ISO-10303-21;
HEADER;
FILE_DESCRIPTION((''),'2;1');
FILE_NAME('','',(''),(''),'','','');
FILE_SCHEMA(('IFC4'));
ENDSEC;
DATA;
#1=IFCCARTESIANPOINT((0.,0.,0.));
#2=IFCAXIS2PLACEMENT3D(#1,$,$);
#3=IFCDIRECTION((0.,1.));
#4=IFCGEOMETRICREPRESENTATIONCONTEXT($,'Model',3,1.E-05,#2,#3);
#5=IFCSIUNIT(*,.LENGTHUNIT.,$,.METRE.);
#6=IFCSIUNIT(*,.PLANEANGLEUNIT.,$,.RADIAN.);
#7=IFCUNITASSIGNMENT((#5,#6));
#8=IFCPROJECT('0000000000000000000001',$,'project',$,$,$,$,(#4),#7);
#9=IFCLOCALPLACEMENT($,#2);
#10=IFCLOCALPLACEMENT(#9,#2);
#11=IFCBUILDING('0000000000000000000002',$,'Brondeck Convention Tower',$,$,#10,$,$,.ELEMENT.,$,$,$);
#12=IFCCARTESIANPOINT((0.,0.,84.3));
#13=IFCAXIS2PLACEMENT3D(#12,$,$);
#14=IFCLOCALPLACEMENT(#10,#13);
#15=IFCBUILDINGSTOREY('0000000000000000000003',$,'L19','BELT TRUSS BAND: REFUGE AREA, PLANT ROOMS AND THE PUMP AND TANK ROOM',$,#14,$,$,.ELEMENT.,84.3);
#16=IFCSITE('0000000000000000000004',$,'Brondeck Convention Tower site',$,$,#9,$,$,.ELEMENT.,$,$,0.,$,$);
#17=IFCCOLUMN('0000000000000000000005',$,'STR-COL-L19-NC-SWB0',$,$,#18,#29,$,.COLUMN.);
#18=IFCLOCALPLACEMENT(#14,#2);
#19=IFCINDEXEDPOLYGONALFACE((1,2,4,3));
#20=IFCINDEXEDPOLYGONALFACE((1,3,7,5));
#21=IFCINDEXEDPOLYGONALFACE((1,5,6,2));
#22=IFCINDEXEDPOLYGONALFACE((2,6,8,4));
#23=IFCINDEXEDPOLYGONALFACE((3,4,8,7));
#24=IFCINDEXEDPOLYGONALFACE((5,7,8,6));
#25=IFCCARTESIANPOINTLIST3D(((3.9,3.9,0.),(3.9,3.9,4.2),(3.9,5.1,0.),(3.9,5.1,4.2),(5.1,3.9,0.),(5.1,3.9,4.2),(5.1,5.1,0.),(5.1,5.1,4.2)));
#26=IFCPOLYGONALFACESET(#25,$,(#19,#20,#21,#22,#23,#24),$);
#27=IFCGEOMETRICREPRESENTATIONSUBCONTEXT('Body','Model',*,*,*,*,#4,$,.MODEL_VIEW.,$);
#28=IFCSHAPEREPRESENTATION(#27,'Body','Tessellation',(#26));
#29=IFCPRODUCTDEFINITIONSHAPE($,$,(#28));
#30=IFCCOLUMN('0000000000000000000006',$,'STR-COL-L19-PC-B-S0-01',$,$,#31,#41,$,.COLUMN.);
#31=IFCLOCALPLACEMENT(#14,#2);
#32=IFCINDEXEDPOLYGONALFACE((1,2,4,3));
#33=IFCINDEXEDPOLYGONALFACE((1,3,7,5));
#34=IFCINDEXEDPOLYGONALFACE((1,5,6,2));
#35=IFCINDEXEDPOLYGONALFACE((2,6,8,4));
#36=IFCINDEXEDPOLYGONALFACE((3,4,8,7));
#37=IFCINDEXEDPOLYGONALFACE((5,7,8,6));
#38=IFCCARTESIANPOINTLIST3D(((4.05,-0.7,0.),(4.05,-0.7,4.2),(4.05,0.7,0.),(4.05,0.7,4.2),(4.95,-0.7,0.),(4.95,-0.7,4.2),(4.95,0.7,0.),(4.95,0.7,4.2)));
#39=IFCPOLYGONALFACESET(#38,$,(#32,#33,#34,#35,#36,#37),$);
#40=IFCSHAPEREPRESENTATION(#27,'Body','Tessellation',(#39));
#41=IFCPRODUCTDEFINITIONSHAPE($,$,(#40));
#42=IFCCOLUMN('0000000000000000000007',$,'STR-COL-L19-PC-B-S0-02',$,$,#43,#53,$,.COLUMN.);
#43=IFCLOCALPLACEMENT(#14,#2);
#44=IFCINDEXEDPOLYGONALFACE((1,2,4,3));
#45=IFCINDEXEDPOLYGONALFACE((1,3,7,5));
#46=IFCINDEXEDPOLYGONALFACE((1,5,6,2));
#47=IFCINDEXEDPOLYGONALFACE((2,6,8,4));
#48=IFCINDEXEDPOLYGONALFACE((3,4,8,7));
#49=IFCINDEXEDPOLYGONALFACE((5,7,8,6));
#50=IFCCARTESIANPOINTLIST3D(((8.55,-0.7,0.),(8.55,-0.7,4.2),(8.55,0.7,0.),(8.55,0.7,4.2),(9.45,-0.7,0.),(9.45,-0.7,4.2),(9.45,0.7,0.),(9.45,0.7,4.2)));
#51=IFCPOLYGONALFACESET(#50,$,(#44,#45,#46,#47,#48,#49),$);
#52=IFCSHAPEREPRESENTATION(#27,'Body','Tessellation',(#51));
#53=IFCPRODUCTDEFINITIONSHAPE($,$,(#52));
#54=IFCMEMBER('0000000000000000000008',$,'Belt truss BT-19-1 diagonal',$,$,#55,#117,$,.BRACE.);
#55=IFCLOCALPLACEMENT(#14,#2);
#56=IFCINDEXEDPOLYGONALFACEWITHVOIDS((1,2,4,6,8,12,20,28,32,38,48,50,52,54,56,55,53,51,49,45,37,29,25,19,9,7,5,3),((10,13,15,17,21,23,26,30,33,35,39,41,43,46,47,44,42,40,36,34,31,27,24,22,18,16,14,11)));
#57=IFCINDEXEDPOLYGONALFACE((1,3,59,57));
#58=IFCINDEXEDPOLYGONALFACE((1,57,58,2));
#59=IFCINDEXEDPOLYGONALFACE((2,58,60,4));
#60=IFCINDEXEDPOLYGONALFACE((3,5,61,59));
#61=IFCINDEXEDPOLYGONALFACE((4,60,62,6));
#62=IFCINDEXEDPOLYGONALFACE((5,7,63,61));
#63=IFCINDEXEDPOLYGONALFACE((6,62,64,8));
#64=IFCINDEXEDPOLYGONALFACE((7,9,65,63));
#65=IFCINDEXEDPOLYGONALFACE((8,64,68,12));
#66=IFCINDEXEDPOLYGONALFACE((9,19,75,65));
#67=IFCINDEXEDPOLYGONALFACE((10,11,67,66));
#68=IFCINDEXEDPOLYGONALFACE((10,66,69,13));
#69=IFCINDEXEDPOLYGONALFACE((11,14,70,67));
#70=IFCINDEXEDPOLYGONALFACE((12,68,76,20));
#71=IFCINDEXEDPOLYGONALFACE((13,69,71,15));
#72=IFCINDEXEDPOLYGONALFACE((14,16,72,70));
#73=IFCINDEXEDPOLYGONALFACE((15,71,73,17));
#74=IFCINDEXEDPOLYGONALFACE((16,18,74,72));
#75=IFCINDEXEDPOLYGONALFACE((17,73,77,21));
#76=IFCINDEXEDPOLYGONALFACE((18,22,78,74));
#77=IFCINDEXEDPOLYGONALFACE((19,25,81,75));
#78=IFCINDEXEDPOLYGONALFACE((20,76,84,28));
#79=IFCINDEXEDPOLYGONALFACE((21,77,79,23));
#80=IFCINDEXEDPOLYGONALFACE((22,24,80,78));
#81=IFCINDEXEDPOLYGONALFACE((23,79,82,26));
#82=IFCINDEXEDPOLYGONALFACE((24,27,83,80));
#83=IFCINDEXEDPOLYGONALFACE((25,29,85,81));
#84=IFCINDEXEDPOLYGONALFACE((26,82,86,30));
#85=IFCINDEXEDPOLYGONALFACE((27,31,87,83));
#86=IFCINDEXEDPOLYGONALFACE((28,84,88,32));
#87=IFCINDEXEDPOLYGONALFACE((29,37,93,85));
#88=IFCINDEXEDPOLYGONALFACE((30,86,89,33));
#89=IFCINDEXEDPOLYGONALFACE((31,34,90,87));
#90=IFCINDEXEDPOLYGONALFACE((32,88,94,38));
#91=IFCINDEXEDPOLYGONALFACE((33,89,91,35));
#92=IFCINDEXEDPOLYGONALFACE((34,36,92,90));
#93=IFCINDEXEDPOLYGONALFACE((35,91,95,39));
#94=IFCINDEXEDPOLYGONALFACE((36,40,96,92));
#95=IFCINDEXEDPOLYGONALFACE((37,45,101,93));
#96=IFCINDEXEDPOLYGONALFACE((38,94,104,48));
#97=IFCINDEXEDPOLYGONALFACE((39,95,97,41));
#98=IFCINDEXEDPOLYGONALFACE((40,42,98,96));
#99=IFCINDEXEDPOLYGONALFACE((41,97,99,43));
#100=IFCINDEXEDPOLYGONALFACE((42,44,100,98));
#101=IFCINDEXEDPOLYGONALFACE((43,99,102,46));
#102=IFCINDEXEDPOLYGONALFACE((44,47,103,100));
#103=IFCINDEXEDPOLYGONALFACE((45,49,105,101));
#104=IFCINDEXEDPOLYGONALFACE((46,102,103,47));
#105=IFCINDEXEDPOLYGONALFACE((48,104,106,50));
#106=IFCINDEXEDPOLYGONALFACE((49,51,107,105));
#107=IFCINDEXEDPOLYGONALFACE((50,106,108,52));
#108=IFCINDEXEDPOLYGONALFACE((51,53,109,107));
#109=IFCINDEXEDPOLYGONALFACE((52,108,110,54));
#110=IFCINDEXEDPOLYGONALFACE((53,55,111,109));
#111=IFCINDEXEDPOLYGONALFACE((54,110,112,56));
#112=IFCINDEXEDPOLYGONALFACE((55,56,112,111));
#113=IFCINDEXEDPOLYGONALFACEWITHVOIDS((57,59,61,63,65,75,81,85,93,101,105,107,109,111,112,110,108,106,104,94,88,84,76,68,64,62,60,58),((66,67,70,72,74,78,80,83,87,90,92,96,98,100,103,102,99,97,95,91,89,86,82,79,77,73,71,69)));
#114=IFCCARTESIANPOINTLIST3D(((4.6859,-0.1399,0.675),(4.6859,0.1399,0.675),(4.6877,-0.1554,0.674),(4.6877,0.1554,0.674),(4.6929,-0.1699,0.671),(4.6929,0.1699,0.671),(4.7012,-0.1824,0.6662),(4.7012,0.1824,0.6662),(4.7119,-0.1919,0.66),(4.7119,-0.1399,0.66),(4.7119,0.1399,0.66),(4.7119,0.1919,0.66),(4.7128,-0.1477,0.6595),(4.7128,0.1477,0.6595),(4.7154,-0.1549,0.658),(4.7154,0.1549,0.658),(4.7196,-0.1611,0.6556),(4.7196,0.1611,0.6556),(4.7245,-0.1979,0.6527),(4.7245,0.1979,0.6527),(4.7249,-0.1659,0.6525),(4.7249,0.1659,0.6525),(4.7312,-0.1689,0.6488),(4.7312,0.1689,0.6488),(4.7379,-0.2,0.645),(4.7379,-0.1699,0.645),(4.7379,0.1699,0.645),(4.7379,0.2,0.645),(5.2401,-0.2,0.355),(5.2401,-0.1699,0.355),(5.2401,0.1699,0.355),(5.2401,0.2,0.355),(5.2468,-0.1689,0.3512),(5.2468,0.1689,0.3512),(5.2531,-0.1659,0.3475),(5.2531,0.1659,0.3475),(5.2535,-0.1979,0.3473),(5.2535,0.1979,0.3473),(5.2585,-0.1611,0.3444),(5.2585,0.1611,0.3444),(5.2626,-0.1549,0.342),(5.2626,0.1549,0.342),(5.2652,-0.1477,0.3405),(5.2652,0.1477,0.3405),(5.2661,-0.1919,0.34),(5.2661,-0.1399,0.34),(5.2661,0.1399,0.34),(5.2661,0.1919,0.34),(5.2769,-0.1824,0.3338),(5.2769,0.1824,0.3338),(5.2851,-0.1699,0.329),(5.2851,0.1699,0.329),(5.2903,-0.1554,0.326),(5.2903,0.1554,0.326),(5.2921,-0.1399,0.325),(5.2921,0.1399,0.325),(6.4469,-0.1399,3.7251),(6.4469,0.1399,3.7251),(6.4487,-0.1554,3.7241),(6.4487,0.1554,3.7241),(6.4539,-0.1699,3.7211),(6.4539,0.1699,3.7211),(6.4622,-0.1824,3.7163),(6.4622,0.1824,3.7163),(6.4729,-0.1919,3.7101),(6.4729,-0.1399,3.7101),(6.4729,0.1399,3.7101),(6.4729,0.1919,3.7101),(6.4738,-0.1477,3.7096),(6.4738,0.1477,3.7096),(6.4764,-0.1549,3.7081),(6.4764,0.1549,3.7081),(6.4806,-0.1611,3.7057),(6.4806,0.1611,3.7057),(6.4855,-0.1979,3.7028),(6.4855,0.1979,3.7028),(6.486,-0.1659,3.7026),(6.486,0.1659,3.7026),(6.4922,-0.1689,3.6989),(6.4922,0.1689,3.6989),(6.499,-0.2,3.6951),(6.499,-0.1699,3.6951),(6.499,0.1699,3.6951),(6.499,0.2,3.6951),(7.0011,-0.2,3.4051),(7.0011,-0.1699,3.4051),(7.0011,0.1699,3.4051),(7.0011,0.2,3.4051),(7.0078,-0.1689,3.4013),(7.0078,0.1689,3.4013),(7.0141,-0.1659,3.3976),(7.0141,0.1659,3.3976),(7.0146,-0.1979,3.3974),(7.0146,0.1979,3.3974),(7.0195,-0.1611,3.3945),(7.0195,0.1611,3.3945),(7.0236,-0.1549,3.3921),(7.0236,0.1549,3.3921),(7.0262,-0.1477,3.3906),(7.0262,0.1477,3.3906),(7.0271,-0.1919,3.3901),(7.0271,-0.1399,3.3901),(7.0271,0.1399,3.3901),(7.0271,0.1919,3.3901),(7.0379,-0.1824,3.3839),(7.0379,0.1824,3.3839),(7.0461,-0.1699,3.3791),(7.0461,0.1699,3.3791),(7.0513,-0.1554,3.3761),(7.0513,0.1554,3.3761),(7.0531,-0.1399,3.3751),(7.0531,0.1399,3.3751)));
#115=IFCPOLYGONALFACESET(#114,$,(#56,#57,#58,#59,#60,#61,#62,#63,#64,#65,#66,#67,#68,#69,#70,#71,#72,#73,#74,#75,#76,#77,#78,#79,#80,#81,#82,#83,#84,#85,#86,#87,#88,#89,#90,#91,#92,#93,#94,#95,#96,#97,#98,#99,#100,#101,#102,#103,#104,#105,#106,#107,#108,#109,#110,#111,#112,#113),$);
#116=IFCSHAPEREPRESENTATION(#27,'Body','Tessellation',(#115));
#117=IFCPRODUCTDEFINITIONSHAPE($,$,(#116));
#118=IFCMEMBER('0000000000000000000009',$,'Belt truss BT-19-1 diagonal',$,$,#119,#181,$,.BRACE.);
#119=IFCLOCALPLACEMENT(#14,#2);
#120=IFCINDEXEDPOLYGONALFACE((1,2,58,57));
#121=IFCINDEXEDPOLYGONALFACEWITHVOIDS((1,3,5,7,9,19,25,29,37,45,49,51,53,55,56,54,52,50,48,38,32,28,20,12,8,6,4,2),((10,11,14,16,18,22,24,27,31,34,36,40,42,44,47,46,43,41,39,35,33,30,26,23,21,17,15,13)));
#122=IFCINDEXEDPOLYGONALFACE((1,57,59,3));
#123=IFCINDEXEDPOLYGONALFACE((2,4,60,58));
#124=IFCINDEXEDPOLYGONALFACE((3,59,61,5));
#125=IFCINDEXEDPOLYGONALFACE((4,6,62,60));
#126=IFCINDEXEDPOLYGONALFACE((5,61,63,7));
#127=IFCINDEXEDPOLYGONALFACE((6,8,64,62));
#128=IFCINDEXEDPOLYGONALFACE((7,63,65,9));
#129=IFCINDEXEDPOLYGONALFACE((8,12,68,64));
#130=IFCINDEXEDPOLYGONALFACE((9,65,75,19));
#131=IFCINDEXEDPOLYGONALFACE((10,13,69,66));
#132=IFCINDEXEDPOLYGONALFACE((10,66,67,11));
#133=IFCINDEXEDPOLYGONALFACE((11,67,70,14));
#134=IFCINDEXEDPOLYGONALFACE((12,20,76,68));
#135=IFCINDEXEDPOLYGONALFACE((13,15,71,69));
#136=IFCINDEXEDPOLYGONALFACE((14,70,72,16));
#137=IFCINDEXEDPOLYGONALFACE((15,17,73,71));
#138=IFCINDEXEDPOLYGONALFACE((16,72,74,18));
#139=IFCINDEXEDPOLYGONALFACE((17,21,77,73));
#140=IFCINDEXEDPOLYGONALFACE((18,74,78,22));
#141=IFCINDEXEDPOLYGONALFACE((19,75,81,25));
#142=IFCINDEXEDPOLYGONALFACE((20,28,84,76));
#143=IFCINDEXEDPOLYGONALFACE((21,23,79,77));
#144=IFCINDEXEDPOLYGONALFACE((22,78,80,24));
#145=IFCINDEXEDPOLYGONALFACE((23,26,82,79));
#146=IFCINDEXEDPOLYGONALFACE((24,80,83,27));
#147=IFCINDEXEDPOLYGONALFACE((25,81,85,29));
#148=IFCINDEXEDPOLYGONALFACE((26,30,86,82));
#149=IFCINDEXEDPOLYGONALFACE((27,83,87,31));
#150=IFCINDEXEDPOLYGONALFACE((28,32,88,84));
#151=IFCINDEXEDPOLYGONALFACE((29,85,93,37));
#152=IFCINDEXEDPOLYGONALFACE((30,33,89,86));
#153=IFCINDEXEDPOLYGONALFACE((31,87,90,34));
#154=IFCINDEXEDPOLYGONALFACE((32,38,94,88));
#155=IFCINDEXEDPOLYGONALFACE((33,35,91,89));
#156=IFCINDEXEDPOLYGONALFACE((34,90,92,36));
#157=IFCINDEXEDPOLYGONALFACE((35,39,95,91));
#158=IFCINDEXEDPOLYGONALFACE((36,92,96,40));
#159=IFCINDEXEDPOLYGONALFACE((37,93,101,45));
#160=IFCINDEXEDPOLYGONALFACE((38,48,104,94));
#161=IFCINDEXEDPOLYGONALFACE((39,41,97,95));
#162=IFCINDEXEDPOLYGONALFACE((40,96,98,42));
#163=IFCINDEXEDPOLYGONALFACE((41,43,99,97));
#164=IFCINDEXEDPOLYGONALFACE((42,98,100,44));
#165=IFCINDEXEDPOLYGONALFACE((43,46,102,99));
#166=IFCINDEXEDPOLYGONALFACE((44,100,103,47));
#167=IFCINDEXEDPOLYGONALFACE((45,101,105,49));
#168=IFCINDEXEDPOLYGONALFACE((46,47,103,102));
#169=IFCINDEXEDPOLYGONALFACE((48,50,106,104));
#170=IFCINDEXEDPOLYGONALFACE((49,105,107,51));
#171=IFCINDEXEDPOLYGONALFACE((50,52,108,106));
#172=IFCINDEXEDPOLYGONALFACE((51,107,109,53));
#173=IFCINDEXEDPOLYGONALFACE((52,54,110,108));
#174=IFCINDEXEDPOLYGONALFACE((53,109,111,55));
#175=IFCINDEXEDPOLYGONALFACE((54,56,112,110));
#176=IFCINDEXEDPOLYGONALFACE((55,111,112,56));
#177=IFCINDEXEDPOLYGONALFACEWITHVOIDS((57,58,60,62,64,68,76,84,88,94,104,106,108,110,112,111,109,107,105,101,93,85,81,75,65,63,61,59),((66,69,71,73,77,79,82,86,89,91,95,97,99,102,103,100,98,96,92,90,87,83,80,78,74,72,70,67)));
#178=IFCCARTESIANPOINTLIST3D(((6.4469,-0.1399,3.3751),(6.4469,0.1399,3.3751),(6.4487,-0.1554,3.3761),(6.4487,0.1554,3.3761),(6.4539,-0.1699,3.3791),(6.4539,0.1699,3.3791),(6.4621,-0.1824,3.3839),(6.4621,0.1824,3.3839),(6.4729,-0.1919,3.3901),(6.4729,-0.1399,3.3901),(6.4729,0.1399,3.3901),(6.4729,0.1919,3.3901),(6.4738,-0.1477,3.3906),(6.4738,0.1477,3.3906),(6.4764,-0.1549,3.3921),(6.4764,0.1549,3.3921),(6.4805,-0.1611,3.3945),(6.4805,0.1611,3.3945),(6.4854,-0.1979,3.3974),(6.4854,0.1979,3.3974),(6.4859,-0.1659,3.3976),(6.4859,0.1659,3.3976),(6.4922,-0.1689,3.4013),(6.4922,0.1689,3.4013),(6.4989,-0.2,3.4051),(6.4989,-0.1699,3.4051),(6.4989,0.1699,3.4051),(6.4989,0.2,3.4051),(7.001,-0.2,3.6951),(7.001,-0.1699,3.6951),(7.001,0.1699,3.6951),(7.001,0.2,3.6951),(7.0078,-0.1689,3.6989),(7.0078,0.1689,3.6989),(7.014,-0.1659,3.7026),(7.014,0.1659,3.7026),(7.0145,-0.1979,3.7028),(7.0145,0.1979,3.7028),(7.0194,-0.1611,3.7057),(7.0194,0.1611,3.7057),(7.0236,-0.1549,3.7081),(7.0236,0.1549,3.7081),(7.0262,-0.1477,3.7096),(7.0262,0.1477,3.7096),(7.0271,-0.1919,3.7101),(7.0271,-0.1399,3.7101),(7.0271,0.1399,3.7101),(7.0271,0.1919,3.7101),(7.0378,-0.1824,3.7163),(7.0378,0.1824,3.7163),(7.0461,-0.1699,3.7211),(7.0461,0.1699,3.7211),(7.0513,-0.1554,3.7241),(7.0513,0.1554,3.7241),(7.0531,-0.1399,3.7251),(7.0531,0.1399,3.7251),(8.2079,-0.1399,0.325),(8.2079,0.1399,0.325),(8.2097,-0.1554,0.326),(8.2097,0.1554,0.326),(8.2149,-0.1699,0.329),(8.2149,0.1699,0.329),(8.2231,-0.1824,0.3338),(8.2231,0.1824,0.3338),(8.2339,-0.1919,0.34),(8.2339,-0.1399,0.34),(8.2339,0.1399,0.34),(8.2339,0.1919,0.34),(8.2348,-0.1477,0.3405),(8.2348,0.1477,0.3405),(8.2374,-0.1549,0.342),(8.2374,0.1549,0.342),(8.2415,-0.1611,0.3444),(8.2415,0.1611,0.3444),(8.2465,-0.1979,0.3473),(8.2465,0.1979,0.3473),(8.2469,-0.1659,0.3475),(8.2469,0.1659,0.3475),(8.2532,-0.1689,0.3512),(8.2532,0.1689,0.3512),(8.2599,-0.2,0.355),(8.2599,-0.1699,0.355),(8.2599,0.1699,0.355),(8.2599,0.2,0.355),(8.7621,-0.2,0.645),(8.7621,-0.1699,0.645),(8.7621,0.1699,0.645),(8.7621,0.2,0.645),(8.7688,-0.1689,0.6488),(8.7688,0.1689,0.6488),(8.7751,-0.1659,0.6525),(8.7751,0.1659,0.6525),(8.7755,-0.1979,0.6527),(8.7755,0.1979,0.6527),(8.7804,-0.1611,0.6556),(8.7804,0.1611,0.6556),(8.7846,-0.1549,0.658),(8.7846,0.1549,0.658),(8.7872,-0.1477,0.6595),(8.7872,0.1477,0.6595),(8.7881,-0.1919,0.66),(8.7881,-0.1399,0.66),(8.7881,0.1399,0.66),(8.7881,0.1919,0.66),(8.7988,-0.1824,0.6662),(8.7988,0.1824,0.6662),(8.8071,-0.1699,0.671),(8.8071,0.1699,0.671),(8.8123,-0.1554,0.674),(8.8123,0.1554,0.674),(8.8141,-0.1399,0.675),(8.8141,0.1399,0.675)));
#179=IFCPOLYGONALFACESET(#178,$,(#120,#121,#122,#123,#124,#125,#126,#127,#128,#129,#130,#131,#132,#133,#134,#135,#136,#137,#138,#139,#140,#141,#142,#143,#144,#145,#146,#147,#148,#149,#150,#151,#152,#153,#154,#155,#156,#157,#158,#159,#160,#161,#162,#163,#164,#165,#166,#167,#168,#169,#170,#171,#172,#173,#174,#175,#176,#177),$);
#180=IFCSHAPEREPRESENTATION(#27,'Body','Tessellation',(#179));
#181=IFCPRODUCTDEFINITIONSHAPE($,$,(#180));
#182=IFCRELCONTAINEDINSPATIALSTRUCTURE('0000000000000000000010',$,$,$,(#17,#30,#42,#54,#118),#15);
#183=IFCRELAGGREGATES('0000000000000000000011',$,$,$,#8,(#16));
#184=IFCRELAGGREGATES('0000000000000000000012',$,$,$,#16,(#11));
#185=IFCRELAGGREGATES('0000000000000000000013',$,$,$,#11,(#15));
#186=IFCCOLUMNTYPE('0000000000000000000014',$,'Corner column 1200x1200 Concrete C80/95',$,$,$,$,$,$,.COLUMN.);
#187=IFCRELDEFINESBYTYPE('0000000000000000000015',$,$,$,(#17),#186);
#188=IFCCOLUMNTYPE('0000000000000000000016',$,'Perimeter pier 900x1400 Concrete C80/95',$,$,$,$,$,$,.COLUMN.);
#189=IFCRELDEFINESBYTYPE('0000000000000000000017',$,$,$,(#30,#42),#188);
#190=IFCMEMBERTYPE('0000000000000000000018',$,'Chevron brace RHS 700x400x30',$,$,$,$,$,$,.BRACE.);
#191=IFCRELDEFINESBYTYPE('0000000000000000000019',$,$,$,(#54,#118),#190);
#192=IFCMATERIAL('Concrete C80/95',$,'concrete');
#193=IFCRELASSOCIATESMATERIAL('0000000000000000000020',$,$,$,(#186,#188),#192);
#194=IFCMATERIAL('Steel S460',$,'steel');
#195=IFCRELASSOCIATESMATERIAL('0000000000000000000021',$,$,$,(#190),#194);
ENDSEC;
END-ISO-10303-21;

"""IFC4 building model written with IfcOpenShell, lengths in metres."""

from ifc_helpers import new_model, si_unit, direction, frame, origin, origin_2d, place, context, subcontext, project, spatial, rectangle, hollow_rectangle, extrude, material, material_profile, profile_set, type_object, element, save


model = new_model("IFC4")

# Units and contexts
model_context = context("Model", 3, precision=1e-05, world=origin(), true_north=direction((0.0, 1.0)))
body_context = subcontext(model_context, "Body", "Model", "MODEL_VIEW")
ifc_project = project(units=[si_unit("LENGTHUNIT", "METRE"), si_unit("PLANEANGLEUNIT", "RADIAN")], contexts=[model_context])

# Site, building, storey
site_placement = place(None, origin())
site = spatial("IfcSite", under=ifc_project, at=site_placement, Name="Brondeck Convention Tower site", CompositionType="ELEMENT", RefElevation=0.0)
building_placement = place(site_placement, origin())
building = spatial("IfcBuilding", under=site, at=building_placement, Name="Brondeck Convention Tower", CompositionType="ELEMENT")
storey_placement = place(building_placement, frame((0.0, 0.0, 84.3)))
storey = spatial("IfcBuildingStorey", under=building, at=storey_placement, Name="L19", Description="BELT TRUSS BAND: REFUGE AREA, PLANT ROOMS AND THE PUMP AND TANK ROOM", CompositionType="ELEMENT", Elevation=84.3)

# Columns
ifc_material_1 = material(Name="Concrete C80/95", Category="concrete")
ifc_material_profile_1 = material_profile(ifc_material_1, rectangle(XDim=1.2, YDim=1.2, at=origin_2d()), Name="Corner column 1200x1200 Concrete C80/95")
ifc_profile_set_1 = profile_set([ifc_material_profile_1], Name="Concrete C80/95")
column_type_1 = type_object("IfcColumnType", Name="Corner column 1200x1200 Concrete C80/95", PredefinedType="COLUMN", material=ifc_profile_set_1)
column_placement = place(storey_placement, frame((4.5, 4.5, 0.0), z_axis=(0.0, 0.0, 1.0), x_axis=(1.0, 0.0, 0.0)))
element("IfcColumn", 1, at=column_placement, inside=storey, type_object=column_type_1, Name="STR-COL-L19-NC-SWB0", PredefinedType="COLUMN", context=body_context, shape_type="SweptSolid", body=[
    extrude(rectangle(XDim=1.2, YDim=1.2, at=origin_2d()), origin(), (0.0, 0.0, 1.0), 4.2),
])
ifc_material_profile_2 = material_profile(ifc_material_1, rectangle(XDim=0.8999, YDim=1.3999, at=origin_2d()), Name="Perimeter pier 900x1400 Concrete C80/95")
ifc_profile_set_2 = profile_set([ifc_material_profile_2], Name="Concrete C80/95")
column_type_2 = type_object("IfcColumnType", Name="Perimeter pier 900x1400 Concrete C80/95", PredefinedType="COLUMN", material=ifc_profile_set_2)
for number, where, z_axis, x_axis, name in (
    (2, (4.5, 0.0, 0.0), (0.0, 0.0, 1.0), (1.0, 0.0, 0.0), "STR-COL-L19-PC-B-S0-01"),
    (3, (9.0, 0.0, 0.0), (0.0, 0.0, 1.0), (1.0, 0.0, 0.0), "STR-COL-L19-PC-B-S0-02"),
):
    element("IfcColumn", number, at=place(storey_placement, frame(where, z_axis=z_axis, x_axis=x_axis)), inside=storey, type_object=column_type_2, Name=name, PredefinedType="COLUMN", context=body_context, shape_type="SweptSolid", body=[
        extrude(rectangle(XDim=0.8999, YDim=1.3999, at=origin_2d()), origin(), (0.0, 0.0, 1.0), 4.2),
    ])

# Members
ifc_material_2 = material(Name="Steel S460", Category="steel")
ifc_material_profile_3 = material_profile(ifc_material_2, hollow_rectangle(XDim=0.3999, YDim=0.7, WallThickness=0.03, InnerFilletRadius=0.03, OuterFilletRadius=0.0601, at=origin_2d()), Name="RHS 700x400x30")
ifc_profile_set_3 = profile_set([ifc_material_profile_3], Name="Steel S460")
member_type_1 = type_object("IfcMemberType", Name="Chevron brace RHS 700x400x30", PredefinedType="BRACE", material=ifc_profile_set_3)
for number, where, z_axis, x_axis, name in (
    (4, (4.989, 0.0, 0.5), (0.500008, 0.0, 0.866021), (0.0, 1.0, 0.0), "Belt truss BT-19-1 diagonal"),
    (5, (8.511, 0.0, 0.5), (-0.500008, 0.0, 0.866021), (0.0, -1.0, 0.0), "Belt truss BT-19-1 diagonal"),
):
    element("IfcMember", number, at=place(storey_placement, frame(where, z_axis=z_axis, x_axis=x_axis)), inside=storey, type_object=member_type_1, Name=name, PredefinedType="BRACE", context=body_context, shape_type="SweptSolid", body=[
        extrude(hollow_rectangle(XDim=0.3999, YDim=0.7, WallThickness=0.03, InnerFilletRadius=0.03, OuterFilletRadius=0.0601, at=origin_2d()), origin(), (0.0, 0.0, 1.0), 3.522),
    ])

save(model, "model.ifc")
